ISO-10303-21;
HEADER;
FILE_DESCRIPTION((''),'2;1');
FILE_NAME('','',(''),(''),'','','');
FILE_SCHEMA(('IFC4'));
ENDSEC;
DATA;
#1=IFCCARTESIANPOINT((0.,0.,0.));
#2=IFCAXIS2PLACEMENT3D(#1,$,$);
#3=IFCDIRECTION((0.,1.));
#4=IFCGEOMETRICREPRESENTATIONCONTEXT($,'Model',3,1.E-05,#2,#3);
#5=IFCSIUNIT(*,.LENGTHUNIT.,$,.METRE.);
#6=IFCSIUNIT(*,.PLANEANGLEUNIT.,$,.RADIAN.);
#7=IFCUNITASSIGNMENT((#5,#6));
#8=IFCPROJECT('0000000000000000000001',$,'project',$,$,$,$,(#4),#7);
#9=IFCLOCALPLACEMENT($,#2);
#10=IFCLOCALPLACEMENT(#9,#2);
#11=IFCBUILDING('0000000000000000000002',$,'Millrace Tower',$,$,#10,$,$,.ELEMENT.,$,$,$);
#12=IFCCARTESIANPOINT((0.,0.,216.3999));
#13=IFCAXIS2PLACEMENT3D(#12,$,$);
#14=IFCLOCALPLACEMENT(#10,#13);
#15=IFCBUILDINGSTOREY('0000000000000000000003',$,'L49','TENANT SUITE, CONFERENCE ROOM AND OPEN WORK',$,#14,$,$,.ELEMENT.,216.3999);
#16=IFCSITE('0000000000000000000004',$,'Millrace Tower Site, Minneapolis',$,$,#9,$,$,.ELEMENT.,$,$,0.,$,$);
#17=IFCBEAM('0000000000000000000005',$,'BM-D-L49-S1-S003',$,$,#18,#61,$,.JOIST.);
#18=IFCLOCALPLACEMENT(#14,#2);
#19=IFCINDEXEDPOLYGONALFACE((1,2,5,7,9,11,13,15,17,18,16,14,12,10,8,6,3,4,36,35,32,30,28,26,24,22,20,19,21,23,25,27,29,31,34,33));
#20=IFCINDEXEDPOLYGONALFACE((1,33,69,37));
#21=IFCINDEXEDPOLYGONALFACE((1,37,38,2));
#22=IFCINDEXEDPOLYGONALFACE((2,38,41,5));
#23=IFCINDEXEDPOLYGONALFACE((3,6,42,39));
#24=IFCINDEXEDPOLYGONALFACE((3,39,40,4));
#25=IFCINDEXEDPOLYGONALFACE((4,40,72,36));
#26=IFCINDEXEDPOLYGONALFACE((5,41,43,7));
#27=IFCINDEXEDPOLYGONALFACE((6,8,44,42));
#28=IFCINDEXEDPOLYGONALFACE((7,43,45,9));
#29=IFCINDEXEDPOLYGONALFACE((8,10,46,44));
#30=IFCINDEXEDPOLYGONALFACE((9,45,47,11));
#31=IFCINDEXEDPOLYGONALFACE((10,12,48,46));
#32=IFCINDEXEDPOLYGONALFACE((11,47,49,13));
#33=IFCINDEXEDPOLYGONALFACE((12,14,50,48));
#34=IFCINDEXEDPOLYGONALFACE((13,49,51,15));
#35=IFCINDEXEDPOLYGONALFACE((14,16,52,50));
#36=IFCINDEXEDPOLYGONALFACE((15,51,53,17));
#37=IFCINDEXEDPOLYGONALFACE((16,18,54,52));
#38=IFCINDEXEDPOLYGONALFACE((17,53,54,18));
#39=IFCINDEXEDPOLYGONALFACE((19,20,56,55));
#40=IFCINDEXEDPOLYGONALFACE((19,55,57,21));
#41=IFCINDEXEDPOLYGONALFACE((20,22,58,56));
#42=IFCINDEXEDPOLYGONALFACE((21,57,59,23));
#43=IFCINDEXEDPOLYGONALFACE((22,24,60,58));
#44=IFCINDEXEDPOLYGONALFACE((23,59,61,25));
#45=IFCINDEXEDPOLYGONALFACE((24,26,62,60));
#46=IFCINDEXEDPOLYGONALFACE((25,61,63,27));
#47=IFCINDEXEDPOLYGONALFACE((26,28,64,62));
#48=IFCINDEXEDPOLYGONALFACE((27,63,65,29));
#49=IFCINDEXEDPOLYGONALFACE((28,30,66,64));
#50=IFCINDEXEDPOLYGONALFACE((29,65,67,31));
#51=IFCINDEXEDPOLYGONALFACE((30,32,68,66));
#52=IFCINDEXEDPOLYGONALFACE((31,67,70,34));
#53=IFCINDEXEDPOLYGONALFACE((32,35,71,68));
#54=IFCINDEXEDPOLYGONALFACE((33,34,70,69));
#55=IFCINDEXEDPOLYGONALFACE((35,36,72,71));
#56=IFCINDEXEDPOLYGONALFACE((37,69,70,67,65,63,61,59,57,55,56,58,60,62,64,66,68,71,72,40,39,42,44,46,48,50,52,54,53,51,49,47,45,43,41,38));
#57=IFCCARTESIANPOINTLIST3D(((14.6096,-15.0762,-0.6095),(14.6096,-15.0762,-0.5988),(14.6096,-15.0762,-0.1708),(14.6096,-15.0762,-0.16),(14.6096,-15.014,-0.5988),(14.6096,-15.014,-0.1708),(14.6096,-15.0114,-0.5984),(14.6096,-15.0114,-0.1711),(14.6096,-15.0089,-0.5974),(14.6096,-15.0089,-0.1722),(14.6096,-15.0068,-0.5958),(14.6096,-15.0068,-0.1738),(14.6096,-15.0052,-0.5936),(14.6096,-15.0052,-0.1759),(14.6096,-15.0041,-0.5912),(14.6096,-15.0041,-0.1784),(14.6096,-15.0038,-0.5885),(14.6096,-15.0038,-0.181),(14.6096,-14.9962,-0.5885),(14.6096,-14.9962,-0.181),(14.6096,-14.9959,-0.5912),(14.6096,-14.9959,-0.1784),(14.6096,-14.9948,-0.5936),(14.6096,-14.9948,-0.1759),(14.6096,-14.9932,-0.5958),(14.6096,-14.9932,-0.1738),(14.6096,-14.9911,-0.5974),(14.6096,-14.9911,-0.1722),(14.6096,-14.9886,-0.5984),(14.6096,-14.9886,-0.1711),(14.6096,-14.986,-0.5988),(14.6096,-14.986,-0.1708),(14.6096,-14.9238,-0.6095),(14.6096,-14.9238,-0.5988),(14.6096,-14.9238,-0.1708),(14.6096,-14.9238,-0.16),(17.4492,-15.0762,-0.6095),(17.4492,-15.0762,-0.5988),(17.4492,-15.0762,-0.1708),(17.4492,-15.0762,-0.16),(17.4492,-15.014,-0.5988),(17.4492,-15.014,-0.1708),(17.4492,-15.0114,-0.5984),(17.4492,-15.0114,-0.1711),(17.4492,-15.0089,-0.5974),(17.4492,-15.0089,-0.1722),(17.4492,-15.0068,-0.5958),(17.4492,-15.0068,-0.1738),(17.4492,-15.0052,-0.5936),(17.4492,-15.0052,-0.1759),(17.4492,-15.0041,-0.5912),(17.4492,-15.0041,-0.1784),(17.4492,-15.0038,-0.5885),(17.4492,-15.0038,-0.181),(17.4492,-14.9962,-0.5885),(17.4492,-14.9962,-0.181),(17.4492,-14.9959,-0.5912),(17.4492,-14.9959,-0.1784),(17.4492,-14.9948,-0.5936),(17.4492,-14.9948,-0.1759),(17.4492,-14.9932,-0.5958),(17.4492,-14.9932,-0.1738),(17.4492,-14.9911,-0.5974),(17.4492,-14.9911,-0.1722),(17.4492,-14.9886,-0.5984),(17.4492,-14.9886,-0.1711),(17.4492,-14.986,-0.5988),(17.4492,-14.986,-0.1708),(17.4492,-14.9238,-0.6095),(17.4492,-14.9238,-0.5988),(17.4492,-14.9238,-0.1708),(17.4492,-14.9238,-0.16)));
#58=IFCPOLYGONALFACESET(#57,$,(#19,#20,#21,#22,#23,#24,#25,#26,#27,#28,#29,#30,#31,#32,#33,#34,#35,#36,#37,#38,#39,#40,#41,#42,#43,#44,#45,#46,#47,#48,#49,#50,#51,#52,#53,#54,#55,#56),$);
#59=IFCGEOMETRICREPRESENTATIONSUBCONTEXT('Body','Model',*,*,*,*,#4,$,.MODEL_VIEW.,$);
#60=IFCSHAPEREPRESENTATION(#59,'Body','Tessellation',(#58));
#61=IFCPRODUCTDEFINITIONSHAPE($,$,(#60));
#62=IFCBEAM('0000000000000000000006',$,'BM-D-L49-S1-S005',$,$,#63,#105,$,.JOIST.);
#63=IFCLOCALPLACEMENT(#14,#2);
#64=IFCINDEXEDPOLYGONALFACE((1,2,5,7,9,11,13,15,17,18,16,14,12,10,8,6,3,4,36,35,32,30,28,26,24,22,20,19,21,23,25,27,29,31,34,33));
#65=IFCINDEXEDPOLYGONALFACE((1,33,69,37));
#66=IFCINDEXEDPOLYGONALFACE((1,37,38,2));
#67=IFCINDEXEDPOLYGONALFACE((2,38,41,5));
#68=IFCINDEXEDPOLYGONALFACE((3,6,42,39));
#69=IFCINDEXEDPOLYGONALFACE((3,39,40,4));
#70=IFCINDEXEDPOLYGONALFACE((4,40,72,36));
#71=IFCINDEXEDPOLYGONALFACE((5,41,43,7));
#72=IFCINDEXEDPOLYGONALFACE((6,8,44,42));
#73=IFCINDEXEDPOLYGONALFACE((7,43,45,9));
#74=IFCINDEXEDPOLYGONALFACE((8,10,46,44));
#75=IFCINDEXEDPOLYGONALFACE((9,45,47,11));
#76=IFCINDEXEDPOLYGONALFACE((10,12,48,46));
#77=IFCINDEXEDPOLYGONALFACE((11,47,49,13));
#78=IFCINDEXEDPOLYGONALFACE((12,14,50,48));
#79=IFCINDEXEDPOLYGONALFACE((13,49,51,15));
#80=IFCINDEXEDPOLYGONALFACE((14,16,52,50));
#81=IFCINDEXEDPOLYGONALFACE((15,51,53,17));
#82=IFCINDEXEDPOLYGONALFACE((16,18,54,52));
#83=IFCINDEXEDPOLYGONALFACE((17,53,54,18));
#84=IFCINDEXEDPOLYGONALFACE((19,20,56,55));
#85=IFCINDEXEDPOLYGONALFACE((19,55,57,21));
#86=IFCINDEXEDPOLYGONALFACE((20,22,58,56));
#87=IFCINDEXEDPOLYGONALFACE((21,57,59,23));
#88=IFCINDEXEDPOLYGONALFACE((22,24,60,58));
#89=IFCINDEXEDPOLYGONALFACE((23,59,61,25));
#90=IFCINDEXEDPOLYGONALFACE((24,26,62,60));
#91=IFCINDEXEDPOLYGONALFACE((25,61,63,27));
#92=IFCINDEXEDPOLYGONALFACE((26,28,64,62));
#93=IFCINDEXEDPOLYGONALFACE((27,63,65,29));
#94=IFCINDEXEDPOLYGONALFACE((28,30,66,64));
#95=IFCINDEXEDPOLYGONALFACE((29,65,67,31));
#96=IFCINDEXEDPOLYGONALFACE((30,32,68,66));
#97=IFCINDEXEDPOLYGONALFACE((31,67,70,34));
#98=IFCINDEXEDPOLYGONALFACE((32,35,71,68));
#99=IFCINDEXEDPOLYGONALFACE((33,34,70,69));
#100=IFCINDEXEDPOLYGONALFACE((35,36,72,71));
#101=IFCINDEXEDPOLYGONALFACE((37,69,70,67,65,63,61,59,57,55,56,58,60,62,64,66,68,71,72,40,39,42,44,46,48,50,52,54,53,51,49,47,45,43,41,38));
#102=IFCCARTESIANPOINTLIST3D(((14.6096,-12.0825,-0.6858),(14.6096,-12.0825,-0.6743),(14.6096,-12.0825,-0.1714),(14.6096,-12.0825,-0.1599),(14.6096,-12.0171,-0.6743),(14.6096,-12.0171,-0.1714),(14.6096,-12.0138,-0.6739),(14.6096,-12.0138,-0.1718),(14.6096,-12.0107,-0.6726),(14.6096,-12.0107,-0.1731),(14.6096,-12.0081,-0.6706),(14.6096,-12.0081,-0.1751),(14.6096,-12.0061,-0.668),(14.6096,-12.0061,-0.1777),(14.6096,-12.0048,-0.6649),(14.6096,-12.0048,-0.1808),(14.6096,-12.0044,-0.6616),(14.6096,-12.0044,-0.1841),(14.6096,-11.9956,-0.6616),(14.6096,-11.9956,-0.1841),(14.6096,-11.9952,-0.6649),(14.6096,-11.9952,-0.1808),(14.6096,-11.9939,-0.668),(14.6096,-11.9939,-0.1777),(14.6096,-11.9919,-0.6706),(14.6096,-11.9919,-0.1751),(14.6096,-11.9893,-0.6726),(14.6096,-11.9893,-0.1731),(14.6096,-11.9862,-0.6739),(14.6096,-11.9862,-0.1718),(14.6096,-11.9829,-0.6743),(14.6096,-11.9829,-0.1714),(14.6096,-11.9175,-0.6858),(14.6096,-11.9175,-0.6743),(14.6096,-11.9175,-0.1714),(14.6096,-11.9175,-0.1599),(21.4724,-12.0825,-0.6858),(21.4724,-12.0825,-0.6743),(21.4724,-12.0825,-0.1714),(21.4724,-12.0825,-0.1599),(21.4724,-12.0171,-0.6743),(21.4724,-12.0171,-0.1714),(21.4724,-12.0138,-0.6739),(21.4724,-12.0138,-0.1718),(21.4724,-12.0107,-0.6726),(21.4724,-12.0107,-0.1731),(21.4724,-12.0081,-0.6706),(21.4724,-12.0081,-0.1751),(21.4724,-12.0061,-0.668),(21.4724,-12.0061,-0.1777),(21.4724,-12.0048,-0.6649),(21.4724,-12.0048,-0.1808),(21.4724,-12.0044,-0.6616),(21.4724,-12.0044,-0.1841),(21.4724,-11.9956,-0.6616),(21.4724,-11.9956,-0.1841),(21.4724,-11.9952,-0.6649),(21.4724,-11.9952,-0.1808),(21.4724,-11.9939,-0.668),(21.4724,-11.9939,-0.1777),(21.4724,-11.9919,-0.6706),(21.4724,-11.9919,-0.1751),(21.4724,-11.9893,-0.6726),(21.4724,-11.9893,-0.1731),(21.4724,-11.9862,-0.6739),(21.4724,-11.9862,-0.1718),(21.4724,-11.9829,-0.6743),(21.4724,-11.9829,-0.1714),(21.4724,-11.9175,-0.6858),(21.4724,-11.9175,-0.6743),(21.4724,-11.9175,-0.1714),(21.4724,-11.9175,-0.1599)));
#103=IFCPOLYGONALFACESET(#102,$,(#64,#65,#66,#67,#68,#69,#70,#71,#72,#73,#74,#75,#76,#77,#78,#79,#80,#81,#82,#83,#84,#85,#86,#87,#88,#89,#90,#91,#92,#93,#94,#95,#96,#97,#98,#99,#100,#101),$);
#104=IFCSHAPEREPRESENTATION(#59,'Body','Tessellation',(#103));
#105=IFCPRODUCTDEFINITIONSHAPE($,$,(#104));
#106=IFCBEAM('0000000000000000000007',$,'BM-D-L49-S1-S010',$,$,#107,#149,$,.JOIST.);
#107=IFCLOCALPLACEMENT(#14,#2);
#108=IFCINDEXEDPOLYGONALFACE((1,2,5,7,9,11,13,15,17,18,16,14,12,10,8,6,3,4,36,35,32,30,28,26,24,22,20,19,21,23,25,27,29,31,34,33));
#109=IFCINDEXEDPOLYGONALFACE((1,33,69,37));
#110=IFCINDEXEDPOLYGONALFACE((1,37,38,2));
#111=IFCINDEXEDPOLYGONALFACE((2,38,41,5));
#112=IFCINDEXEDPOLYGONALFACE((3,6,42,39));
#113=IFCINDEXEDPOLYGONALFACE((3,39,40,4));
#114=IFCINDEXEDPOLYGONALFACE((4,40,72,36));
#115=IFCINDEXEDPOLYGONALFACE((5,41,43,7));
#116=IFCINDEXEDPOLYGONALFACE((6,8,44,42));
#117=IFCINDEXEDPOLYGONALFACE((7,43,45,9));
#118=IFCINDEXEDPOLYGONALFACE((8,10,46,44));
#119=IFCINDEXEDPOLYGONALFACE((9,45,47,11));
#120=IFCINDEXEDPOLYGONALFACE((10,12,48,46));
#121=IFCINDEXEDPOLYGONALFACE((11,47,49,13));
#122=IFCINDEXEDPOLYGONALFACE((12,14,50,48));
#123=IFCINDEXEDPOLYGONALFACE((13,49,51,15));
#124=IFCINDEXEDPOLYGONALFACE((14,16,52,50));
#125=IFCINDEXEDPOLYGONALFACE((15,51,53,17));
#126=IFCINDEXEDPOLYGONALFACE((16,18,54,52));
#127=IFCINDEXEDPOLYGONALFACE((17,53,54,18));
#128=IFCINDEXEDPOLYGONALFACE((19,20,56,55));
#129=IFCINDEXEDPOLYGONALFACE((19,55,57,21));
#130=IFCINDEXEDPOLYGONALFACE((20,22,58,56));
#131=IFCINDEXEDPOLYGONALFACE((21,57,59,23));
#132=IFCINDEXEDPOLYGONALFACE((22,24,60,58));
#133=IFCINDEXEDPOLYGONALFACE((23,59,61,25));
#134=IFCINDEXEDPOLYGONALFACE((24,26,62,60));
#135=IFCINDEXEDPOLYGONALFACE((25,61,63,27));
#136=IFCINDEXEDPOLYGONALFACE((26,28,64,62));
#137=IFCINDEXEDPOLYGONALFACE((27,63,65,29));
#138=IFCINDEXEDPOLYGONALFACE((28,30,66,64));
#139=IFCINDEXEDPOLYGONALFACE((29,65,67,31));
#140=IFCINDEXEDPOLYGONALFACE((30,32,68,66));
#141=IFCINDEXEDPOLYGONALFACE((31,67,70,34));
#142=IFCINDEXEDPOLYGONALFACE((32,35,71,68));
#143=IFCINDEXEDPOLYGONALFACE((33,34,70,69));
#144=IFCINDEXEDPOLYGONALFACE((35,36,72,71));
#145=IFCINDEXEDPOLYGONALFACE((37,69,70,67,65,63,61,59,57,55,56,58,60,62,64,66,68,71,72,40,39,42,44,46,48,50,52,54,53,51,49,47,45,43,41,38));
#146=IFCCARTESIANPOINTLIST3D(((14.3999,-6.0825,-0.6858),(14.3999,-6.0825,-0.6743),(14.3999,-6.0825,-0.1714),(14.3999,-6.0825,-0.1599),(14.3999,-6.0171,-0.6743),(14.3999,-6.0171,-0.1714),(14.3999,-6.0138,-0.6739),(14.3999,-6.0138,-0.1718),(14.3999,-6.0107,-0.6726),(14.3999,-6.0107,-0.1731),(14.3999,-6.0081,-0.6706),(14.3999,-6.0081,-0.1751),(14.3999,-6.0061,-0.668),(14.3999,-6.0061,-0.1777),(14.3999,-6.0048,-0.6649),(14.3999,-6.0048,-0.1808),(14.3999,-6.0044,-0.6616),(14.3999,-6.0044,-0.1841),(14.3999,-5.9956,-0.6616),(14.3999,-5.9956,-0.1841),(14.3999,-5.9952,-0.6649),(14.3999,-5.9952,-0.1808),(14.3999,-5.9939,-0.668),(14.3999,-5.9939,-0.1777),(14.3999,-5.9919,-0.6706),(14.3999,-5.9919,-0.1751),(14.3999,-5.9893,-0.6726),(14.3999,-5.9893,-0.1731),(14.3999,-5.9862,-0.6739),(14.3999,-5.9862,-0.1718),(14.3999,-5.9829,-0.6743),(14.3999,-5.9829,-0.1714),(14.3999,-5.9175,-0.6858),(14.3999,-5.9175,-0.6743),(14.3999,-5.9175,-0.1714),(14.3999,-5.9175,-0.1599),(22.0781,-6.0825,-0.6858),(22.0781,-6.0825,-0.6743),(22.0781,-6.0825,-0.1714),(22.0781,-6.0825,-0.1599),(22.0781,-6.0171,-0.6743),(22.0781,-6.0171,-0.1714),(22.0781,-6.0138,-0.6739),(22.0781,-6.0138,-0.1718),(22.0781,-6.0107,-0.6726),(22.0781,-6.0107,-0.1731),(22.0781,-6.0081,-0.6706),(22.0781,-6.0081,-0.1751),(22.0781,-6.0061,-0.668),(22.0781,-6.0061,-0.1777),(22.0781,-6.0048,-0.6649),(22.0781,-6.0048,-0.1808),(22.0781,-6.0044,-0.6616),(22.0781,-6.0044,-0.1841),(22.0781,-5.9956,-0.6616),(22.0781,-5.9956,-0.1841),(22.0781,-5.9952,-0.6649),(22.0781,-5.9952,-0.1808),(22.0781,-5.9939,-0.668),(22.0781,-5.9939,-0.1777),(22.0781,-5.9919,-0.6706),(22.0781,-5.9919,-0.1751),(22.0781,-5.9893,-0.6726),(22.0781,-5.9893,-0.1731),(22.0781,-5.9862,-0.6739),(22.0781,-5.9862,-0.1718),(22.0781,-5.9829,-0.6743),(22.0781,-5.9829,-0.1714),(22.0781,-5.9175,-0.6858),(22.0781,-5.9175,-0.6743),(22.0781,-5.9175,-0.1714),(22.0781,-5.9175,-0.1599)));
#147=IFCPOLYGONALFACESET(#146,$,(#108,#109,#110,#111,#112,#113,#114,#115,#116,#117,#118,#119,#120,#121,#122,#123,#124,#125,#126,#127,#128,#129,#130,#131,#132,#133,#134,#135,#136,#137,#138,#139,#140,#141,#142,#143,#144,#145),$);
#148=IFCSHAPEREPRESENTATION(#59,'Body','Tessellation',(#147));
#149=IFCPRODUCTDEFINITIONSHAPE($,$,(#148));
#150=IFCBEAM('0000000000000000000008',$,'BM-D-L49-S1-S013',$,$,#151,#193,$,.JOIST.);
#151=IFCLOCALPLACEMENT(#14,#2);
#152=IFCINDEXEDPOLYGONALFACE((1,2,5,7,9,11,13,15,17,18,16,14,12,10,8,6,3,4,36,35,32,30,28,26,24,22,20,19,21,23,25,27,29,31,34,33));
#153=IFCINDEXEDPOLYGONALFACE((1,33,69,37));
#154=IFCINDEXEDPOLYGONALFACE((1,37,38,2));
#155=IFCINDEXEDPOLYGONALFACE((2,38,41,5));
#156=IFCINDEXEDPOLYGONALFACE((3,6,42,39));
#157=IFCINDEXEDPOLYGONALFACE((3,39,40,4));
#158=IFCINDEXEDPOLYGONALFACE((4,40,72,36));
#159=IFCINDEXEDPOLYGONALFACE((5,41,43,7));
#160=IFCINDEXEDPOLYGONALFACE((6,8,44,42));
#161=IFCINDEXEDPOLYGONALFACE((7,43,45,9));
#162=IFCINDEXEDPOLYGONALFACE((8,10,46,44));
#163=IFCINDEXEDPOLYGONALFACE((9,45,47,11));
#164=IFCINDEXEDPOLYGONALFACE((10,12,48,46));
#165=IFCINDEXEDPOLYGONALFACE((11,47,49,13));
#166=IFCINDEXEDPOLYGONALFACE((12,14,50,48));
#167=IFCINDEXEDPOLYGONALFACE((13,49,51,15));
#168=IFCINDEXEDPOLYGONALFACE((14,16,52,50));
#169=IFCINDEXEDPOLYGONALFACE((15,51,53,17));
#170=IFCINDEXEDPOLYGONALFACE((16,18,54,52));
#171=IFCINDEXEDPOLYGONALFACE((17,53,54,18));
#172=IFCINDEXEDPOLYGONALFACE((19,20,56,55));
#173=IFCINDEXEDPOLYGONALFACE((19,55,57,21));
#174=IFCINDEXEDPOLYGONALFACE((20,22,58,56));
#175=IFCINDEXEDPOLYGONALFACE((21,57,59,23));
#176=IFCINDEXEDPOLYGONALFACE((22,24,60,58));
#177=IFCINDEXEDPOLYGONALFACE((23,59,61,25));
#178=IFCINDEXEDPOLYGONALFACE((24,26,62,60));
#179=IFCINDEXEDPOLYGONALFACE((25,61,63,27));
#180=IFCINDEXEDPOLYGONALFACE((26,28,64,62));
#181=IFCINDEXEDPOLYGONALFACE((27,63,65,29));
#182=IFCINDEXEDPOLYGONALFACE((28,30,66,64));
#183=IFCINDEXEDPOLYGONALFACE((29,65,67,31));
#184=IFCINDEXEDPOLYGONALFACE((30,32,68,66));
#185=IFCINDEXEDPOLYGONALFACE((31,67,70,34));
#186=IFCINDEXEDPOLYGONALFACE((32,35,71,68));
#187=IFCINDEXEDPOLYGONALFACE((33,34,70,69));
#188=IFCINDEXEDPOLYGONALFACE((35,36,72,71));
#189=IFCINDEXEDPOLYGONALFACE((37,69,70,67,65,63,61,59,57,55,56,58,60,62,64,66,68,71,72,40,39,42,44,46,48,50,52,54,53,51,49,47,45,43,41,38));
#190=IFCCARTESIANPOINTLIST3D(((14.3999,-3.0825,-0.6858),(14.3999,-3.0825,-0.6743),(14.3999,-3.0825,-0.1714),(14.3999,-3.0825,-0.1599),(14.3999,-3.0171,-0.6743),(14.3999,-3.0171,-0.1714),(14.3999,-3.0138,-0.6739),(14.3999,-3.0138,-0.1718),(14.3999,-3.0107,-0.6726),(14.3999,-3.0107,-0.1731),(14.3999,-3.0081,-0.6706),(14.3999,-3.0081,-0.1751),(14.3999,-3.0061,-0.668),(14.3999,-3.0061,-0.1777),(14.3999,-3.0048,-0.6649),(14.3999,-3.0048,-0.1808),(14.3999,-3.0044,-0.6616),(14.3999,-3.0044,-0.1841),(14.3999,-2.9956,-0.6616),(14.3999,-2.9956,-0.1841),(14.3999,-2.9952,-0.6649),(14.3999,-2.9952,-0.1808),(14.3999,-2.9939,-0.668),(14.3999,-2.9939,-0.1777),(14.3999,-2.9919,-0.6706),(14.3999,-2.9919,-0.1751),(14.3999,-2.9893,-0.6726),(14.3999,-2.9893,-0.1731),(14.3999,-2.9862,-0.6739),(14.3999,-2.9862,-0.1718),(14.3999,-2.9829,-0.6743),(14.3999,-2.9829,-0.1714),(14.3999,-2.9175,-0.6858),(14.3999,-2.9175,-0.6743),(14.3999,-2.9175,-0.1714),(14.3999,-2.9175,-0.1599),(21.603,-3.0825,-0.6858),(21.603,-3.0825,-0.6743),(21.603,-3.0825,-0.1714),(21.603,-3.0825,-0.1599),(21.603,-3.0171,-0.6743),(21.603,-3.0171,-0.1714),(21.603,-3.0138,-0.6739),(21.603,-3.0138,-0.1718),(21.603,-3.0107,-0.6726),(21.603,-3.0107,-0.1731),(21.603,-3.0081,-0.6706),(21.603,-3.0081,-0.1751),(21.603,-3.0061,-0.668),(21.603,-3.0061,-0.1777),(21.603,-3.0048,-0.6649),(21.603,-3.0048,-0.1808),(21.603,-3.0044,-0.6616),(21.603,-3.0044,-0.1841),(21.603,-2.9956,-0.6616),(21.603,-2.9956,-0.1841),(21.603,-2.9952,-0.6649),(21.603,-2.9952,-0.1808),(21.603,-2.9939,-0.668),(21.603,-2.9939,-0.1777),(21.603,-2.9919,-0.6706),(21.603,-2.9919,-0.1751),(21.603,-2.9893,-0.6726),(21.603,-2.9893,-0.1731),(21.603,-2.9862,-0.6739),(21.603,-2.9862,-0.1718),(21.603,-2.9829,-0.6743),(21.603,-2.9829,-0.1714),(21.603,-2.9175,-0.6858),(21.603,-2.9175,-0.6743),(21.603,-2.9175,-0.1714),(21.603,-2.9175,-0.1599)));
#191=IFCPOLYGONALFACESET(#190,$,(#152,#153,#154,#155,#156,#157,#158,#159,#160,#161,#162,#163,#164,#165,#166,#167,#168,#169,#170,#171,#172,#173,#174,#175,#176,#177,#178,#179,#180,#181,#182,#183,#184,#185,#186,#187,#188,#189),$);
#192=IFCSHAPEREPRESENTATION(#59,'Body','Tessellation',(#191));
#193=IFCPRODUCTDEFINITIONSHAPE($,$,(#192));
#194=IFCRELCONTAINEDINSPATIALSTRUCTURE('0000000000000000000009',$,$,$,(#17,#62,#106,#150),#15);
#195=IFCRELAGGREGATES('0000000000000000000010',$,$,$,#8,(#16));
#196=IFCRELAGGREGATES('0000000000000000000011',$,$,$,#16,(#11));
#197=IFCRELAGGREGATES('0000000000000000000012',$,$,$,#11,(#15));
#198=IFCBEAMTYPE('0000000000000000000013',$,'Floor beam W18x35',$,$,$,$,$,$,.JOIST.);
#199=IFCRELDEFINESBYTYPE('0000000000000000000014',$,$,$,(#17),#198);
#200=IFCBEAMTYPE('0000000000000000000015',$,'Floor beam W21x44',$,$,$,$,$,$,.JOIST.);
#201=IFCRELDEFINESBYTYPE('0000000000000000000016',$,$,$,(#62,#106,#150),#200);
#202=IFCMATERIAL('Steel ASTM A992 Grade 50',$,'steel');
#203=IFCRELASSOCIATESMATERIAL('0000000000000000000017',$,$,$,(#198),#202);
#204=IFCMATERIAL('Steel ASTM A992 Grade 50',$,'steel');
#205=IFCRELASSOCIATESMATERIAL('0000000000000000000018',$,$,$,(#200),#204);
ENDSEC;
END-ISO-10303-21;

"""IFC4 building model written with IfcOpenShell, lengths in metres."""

from ifc_helpers import new_model, si_unit, direction, frame, origin, origin_2d, place, context, subcontext, project, spatial, i_section, extrude, material, material_profile, profile_set, type_object, element, save


model = new_model("IFC4")

# Units and contexts
model_context = context("Model", 3, precision=1e-05, world=origin(), true_north=direction((0.0, 1.0)))
body_context = subcontext(model_context, "Body", "Model", "MODEL_VIEW")
ifc_project = project(units=[si_unit("LENGTHUNIT", "METRE"), si_unit("PLANEANGLEUNIT", "RADIAN")], contexts=[model_context])

# Site, building, storey
site_placement = place(None, origin())
site = spatial("IfcSite", under=ifc_project, at=site_placement, Name="Millrace Tower Site, Minneapolis", CompositionType="ELEMENT", RefElevation=0.0)
building_placement = place(site_placement, origin())
building = spatial("IfcBuilding", under=site, at=building_placement, Name="Millrace Tower", CompositionType="ELEMENT")
storey_placement = place(building_placement, frame((0.0, 0.0, 216.3999)))
storey = spatial("IfcBuildingStorey", under=building, at=storey_placement, Name="L49", Description="TENANT SUITE, CONFERENCE ROOM AND OPEN WORK", CompositionType="ELEMENT", Elevation=216.3999)

# Beams
ifc_material_1 = material(Name="Steel ASTM A992 Grade 50", Category="steel")
ifc_material_profile_1 = material_profile(ifc_material_1, i_section(OverallWidth=0.1523, OverallDepth=0.4495, WebThickness=0.0076, FlangeThickness=0.0107, FilletRadius=0.0103, at=origin_2d()))
ifc_profile_set_1 = profile_set([ifc_material_profile_1], Name="Steel ASTM A992 Grade 50")
beam_type_1 = type_object("IfcBeamType", Name="Floor beam W18x35", PredefinedType="JOIST", material=ifc_profile_set_1)
beam_1_placement = place(storey_placement, frame((14.6096, -15.0, -0.3848), z_axis=(1.0, 0.0, 0.0), x_axis=(0.0, 1.0, 0.0)))
element("IfcBeam", 1, at=beam_1_placement, inside=storey, type_object=beam_type_1, Name="BM-D-L49-S1-S003", PredefinedType="JOIST", context=body_context, shape_type="SweptSolid", body=[
    extrude(i_section(OverallWidth=0.1523, OverallDepth=0.4495, WebThickness=0.0076, FlangeThickness=0.0107, FilletRadius=0.0103, at=origin_2d()), origin(), (0.0, 0.0, 1.0), 2.8396),
])
ifc_material_2 = material(Name="Steel ASTM A992 Grade 50", Category="steel")
ifc_material_profile_2 = material_profile(ifc_material_2, i_section(OverallWidth=0.165, OverallDepth=0.5259, WebThickness=0.0088, FlangeThickness=0.0115, FilletRadius=0.0127, at=origin_2d()))
ifc_profile_set_2 = profile_set([ifc_material_profile_2], Name="Steel ASTM A992 Grade 50")
beam_type_2 = type_object("IfcBeamType", Name="Floor beam W21x44", PredefinedType="JOIST", material=ifc_profile_set_2)
beam_2_placement = place(storey_placement, frame((14.6096, -12.0, -0.4229), z_axis=(1.0, 0.0, 0.0), x_axis=(0.0, 1.0, 0.0)))
element("IfcBeam", 2, at=beam_2_placement, inside=storey, type_object=beam_type_2, Name="BM-D-L49-S1-S005", PredefinedType="JOIST", context=body_context, shape_type="SweptSolid", body=[
    extrude(i_section(OverallWidth=0.165, OverallDepth=0.5259, WebThickness=0.0088, FlangeThickness=0.0115, FilletRadius=0.0127, at=origin_2d()), origin(), (0.0, 0.0, 1.0), 6.8628),
])
beam_3_placement = place(storey_placement, frame((14.3999, -6.0, -0.4229), z_axis=(1.0, 0.0, 0.0), x_axis=(0.0, 1.0, 0.0)))
element("IfcBeam", 3, at=beam_3_placement, inside=storey, type_object=beam_type_2, Name="BM-D-L49-S1-S010", PredefinedType="JOIST", context=body_context, shape_type="SweptSolid", body=[
    extrude(i_section(OverallWidth=0.165, OverallDepth=0.5259, WebThickness=0.0088, FlangeThickness=0.0115, FilletRadius=0.0127, at=origin_2d()), origin(), (0.0, 0.0, 1.0), 7.6782),
])
beam_4_placement = place(storey_placement, frame((14.3999, -3.0, -0.4229), z_axis=(1.0, 0.0, 0.0), x_axis=(0.0, 1.0, 0.0)))
element("IfcBeam", 4, at=beam_4_placement, inside=storey, type_object=beam_type_2, Name="BM-D-L49-S1-S013", PredefinedType="JOIST", context=body_context, shape_type="SweptSolid", body=[
    extrude(i_section(OverallWidth=0.165, OverallDepth=0.5259, WebThickness=0.0088, FlangeThickness=0.0115, FilletRadius=0.0127, at=origin_2d()), origin(), (0.0, 0.0, 1.0), 7.2031),
])

save(model, "model.ifc")
